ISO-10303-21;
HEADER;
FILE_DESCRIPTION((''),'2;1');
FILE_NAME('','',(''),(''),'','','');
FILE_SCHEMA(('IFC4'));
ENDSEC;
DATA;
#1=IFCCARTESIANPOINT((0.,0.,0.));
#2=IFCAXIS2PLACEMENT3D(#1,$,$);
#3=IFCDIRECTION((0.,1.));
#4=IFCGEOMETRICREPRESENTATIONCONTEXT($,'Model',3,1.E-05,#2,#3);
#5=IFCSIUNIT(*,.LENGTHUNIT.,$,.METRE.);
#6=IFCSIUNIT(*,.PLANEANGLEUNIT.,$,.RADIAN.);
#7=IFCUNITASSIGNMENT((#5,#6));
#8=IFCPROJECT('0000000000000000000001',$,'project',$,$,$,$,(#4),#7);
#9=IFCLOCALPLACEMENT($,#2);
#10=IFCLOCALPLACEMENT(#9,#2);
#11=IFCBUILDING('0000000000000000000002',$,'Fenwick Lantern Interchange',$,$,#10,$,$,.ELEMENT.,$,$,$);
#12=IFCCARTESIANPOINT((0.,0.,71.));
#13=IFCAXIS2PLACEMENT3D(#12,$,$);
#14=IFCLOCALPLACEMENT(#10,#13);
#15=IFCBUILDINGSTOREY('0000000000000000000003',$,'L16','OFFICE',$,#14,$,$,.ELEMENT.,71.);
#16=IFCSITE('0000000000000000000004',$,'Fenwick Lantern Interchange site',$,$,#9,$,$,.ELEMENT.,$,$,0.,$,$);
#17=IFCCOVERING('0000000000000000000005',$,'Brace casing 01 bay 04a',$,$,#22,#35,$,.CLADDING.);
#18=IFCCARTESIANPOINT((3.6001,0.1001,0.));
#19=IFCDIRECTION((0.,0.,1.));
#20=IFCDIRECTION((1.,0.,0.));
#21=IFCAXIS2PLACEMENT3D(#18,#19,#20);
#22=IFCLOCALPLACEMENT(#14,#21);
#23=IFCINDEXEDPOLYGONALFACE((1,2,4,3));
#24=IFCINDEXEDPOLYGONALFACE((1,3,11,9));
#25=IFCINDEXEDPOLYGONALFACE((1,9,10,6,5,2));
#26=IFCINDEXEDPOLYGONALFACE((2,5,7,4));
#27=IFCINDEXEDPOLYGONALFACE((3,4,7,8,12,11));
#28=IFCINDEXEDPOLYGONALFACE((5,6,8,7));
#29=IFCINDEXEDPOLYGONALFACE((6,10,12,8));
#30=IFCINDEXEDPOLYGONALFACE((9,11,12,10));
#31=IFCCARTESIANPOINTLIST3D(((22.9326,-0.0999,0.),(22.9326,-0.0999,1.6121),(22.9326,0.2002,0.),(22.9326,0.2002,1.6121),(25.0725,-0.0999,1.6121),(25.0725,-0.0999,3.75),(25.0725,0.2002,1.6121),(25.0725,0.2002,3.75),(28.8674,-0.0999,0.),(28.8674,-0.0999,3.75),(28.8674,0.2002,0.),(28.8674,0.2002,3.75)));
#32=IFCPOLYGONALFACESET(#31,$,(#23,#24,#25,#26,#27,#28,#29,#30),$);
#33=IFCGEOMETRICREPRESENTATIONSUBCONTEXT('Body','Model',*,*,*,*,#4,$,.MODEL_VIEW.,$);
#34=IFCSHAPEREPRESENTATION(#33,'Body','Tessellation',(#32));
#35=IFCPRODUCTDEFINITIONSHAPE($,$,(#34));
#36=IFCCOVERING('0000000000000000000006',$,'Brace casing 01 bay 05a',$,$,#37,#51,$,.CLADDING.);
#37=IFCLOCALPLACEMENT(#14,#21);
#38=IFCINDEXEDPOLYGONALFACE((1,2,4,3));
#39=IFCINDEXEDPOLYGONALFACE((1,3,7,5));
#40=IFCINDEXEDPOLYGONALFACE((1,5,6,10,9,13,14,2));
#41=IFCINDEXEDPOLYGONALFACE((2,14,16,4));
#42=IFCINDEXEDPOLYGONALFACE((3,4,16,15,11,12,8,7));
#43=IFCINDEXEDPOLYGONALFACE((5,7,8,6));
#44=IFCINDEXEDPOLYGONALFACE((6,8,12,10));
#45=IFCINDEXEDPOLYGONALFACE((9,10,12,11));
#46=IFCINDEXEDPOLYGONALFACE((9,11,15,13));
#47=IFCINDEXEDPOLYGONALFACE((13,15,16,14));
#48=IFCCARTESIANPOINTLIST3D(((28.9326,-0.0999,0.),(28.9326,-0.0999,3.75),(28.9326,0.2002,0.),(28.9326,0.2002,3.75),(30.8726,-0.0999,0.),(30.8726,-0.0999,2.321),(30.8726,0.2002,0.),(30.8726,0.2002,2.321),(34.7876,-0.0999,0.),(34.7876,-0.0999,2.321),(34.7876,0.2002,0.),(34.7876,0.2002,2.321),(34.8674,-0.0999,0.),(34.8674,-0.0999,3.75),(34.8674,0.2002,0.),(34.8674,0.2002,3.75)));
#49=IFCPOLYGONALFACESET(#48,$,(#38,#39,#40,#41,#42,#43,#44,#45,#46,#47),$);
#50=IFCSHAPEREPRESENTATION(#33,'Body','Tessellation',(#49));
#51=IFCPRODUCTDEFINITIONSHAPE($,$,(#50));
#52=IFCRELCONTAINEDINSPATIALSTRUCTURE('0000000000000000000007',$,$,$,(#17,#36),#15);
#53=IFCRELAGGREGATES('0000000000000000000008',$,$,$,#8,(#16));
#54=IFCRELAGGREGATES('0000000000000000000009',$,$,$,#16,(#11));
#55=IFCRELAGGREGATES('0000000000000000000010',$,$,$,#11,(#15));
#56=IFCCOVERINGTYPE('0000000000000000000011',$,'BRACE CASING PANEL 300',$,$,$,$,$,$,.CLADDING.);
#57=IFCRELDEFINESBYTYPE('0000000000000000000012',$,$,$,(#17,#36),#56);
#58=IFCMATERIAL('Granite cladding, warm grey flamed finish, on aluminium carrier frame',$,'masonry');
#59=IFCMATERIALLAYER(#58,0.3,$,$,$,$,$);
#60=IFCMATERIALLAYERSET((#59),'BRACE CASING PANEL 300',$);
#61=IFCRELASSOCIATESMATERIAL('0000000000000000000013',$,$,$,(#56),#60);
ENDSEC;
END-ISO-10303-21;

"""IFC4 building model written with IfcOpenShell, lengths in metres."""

from ifc_helpers import new_model, si_unit, direction, frame, origin, place, context, subcontext, project, spatial, polyline, outline, extrude, material, layer, layer_set, type_object, element, save


model = new_model("IFC4")

# Units and contexts
model_context = context("Model", 3, precision=1e-05, world=origin(), true_north=direction((0.0, 1.0)))
body_context = subcontext(model_context, "Body", "Model", "MODEL_VIEW")
ifc_project = project(units=[si_unit("LENGTHUNIT", "METRE"), si_unit("PLANEANGLEUNIT", "RADIAN")], contexts=[model_context])

# Site, building, storey
site_placement = place(None, origin())
site = spatial("IfcSite", under=ifc_project, at=site_placement, Name="Fenwick Lantern Interchange site", CompositionType="ELEMENT", RefElevation=0.0)
building_placement = place(site_placement, origin())
building = spatial("IfcBuilding", under=site, at=building_placement, Name="Fenwick Lantern Interchange", CompositionType="ELEMENT")
storey_placement = place(building_placement, frame((0.0, 0.0, 71.0)))
storey = spatial("IfcBuildingStorey", under=building, at=storey_placement, Name="L16", Description="OFFICE", CompositionType="ELEMENT", Elevation=71.0)

# Coverings
ifc_material_1 = material(Name="Granite cladding, warm grey flamed finish, on aluminium carrier frame", Category="masonry")
ifc_layer_1 = layer(ifc_material_1, 0.3)
ifc_layer_set_1 = layer_set([ifc_layer_1], Name="BRACE CASING PANEL 300")
covering_type = type_object("IfcCoveringType", Name="BRACE CASING PANEL 300", PredefinedType="CLADDING", material=ifc_layer_set_1)
covering_1_placement = place(storey_placement, frame((3.6001, 0.1001, 0.0), z_axis=(0.0, 0.0, 1.0), x_axis=(1.0, 0.0, 0.0)))
element("IfcCovering", 1, at=covering_1_placement, inside=storey, type_object=covering_type, Name="Brace casing 01 bay 04a", PredefinedType="CLADDING", context=body_context, shape_type="SweptSolid", body=[
    extrude(outline(polyline([(22.9326, 0.0), (28.8674, 0.0), (28.8674, 3.75), (25.0725, 3.75), (25.0725, 1.6121), (22.9326, 1.6121), (22.9326, 0.0)])), frame((0.0, 0.2002, 0.0), z_axis=(0.0, -1.0, 0.0), x_axis=(1.0, 0.0, 0.0)), (0.0, 0.0, 1.0), 0.3),
])
covering_2_placement = place(storey_placement, frame((3.6001, 0.1001, 0.0), z_axis=(0.0, 0.0, 1.0), x_axis=(1.0, 0.0, 0.0)))
element("IfcCovering", 2, at=covering_2_placement, inside=storey, type_object=covering_type, Name="Brace casing 01 bay 05a", PredefinedType="CLADDING", context=body_context, shape_type="SweptSolid", body=[
    extrude(outline(polyline([(28.9326, 0.0), (30.8726, 0.0), (30.8726, 2.321), (34.7876, 2.321), (34.7876, 0.0), (34.8674, 0.0), (34.8674, 3.75), (28.9326, 3.75), (28.9326, 0.0)])), frame((0.0, 0.2002, 0.0), z_axis=(0.0, -1.0, 0.0), x_axis=(1.0, 0.0, 0.0)), (0.0, 0.0, 1.0), 0.3),
])

save(model, "model.ifc")
